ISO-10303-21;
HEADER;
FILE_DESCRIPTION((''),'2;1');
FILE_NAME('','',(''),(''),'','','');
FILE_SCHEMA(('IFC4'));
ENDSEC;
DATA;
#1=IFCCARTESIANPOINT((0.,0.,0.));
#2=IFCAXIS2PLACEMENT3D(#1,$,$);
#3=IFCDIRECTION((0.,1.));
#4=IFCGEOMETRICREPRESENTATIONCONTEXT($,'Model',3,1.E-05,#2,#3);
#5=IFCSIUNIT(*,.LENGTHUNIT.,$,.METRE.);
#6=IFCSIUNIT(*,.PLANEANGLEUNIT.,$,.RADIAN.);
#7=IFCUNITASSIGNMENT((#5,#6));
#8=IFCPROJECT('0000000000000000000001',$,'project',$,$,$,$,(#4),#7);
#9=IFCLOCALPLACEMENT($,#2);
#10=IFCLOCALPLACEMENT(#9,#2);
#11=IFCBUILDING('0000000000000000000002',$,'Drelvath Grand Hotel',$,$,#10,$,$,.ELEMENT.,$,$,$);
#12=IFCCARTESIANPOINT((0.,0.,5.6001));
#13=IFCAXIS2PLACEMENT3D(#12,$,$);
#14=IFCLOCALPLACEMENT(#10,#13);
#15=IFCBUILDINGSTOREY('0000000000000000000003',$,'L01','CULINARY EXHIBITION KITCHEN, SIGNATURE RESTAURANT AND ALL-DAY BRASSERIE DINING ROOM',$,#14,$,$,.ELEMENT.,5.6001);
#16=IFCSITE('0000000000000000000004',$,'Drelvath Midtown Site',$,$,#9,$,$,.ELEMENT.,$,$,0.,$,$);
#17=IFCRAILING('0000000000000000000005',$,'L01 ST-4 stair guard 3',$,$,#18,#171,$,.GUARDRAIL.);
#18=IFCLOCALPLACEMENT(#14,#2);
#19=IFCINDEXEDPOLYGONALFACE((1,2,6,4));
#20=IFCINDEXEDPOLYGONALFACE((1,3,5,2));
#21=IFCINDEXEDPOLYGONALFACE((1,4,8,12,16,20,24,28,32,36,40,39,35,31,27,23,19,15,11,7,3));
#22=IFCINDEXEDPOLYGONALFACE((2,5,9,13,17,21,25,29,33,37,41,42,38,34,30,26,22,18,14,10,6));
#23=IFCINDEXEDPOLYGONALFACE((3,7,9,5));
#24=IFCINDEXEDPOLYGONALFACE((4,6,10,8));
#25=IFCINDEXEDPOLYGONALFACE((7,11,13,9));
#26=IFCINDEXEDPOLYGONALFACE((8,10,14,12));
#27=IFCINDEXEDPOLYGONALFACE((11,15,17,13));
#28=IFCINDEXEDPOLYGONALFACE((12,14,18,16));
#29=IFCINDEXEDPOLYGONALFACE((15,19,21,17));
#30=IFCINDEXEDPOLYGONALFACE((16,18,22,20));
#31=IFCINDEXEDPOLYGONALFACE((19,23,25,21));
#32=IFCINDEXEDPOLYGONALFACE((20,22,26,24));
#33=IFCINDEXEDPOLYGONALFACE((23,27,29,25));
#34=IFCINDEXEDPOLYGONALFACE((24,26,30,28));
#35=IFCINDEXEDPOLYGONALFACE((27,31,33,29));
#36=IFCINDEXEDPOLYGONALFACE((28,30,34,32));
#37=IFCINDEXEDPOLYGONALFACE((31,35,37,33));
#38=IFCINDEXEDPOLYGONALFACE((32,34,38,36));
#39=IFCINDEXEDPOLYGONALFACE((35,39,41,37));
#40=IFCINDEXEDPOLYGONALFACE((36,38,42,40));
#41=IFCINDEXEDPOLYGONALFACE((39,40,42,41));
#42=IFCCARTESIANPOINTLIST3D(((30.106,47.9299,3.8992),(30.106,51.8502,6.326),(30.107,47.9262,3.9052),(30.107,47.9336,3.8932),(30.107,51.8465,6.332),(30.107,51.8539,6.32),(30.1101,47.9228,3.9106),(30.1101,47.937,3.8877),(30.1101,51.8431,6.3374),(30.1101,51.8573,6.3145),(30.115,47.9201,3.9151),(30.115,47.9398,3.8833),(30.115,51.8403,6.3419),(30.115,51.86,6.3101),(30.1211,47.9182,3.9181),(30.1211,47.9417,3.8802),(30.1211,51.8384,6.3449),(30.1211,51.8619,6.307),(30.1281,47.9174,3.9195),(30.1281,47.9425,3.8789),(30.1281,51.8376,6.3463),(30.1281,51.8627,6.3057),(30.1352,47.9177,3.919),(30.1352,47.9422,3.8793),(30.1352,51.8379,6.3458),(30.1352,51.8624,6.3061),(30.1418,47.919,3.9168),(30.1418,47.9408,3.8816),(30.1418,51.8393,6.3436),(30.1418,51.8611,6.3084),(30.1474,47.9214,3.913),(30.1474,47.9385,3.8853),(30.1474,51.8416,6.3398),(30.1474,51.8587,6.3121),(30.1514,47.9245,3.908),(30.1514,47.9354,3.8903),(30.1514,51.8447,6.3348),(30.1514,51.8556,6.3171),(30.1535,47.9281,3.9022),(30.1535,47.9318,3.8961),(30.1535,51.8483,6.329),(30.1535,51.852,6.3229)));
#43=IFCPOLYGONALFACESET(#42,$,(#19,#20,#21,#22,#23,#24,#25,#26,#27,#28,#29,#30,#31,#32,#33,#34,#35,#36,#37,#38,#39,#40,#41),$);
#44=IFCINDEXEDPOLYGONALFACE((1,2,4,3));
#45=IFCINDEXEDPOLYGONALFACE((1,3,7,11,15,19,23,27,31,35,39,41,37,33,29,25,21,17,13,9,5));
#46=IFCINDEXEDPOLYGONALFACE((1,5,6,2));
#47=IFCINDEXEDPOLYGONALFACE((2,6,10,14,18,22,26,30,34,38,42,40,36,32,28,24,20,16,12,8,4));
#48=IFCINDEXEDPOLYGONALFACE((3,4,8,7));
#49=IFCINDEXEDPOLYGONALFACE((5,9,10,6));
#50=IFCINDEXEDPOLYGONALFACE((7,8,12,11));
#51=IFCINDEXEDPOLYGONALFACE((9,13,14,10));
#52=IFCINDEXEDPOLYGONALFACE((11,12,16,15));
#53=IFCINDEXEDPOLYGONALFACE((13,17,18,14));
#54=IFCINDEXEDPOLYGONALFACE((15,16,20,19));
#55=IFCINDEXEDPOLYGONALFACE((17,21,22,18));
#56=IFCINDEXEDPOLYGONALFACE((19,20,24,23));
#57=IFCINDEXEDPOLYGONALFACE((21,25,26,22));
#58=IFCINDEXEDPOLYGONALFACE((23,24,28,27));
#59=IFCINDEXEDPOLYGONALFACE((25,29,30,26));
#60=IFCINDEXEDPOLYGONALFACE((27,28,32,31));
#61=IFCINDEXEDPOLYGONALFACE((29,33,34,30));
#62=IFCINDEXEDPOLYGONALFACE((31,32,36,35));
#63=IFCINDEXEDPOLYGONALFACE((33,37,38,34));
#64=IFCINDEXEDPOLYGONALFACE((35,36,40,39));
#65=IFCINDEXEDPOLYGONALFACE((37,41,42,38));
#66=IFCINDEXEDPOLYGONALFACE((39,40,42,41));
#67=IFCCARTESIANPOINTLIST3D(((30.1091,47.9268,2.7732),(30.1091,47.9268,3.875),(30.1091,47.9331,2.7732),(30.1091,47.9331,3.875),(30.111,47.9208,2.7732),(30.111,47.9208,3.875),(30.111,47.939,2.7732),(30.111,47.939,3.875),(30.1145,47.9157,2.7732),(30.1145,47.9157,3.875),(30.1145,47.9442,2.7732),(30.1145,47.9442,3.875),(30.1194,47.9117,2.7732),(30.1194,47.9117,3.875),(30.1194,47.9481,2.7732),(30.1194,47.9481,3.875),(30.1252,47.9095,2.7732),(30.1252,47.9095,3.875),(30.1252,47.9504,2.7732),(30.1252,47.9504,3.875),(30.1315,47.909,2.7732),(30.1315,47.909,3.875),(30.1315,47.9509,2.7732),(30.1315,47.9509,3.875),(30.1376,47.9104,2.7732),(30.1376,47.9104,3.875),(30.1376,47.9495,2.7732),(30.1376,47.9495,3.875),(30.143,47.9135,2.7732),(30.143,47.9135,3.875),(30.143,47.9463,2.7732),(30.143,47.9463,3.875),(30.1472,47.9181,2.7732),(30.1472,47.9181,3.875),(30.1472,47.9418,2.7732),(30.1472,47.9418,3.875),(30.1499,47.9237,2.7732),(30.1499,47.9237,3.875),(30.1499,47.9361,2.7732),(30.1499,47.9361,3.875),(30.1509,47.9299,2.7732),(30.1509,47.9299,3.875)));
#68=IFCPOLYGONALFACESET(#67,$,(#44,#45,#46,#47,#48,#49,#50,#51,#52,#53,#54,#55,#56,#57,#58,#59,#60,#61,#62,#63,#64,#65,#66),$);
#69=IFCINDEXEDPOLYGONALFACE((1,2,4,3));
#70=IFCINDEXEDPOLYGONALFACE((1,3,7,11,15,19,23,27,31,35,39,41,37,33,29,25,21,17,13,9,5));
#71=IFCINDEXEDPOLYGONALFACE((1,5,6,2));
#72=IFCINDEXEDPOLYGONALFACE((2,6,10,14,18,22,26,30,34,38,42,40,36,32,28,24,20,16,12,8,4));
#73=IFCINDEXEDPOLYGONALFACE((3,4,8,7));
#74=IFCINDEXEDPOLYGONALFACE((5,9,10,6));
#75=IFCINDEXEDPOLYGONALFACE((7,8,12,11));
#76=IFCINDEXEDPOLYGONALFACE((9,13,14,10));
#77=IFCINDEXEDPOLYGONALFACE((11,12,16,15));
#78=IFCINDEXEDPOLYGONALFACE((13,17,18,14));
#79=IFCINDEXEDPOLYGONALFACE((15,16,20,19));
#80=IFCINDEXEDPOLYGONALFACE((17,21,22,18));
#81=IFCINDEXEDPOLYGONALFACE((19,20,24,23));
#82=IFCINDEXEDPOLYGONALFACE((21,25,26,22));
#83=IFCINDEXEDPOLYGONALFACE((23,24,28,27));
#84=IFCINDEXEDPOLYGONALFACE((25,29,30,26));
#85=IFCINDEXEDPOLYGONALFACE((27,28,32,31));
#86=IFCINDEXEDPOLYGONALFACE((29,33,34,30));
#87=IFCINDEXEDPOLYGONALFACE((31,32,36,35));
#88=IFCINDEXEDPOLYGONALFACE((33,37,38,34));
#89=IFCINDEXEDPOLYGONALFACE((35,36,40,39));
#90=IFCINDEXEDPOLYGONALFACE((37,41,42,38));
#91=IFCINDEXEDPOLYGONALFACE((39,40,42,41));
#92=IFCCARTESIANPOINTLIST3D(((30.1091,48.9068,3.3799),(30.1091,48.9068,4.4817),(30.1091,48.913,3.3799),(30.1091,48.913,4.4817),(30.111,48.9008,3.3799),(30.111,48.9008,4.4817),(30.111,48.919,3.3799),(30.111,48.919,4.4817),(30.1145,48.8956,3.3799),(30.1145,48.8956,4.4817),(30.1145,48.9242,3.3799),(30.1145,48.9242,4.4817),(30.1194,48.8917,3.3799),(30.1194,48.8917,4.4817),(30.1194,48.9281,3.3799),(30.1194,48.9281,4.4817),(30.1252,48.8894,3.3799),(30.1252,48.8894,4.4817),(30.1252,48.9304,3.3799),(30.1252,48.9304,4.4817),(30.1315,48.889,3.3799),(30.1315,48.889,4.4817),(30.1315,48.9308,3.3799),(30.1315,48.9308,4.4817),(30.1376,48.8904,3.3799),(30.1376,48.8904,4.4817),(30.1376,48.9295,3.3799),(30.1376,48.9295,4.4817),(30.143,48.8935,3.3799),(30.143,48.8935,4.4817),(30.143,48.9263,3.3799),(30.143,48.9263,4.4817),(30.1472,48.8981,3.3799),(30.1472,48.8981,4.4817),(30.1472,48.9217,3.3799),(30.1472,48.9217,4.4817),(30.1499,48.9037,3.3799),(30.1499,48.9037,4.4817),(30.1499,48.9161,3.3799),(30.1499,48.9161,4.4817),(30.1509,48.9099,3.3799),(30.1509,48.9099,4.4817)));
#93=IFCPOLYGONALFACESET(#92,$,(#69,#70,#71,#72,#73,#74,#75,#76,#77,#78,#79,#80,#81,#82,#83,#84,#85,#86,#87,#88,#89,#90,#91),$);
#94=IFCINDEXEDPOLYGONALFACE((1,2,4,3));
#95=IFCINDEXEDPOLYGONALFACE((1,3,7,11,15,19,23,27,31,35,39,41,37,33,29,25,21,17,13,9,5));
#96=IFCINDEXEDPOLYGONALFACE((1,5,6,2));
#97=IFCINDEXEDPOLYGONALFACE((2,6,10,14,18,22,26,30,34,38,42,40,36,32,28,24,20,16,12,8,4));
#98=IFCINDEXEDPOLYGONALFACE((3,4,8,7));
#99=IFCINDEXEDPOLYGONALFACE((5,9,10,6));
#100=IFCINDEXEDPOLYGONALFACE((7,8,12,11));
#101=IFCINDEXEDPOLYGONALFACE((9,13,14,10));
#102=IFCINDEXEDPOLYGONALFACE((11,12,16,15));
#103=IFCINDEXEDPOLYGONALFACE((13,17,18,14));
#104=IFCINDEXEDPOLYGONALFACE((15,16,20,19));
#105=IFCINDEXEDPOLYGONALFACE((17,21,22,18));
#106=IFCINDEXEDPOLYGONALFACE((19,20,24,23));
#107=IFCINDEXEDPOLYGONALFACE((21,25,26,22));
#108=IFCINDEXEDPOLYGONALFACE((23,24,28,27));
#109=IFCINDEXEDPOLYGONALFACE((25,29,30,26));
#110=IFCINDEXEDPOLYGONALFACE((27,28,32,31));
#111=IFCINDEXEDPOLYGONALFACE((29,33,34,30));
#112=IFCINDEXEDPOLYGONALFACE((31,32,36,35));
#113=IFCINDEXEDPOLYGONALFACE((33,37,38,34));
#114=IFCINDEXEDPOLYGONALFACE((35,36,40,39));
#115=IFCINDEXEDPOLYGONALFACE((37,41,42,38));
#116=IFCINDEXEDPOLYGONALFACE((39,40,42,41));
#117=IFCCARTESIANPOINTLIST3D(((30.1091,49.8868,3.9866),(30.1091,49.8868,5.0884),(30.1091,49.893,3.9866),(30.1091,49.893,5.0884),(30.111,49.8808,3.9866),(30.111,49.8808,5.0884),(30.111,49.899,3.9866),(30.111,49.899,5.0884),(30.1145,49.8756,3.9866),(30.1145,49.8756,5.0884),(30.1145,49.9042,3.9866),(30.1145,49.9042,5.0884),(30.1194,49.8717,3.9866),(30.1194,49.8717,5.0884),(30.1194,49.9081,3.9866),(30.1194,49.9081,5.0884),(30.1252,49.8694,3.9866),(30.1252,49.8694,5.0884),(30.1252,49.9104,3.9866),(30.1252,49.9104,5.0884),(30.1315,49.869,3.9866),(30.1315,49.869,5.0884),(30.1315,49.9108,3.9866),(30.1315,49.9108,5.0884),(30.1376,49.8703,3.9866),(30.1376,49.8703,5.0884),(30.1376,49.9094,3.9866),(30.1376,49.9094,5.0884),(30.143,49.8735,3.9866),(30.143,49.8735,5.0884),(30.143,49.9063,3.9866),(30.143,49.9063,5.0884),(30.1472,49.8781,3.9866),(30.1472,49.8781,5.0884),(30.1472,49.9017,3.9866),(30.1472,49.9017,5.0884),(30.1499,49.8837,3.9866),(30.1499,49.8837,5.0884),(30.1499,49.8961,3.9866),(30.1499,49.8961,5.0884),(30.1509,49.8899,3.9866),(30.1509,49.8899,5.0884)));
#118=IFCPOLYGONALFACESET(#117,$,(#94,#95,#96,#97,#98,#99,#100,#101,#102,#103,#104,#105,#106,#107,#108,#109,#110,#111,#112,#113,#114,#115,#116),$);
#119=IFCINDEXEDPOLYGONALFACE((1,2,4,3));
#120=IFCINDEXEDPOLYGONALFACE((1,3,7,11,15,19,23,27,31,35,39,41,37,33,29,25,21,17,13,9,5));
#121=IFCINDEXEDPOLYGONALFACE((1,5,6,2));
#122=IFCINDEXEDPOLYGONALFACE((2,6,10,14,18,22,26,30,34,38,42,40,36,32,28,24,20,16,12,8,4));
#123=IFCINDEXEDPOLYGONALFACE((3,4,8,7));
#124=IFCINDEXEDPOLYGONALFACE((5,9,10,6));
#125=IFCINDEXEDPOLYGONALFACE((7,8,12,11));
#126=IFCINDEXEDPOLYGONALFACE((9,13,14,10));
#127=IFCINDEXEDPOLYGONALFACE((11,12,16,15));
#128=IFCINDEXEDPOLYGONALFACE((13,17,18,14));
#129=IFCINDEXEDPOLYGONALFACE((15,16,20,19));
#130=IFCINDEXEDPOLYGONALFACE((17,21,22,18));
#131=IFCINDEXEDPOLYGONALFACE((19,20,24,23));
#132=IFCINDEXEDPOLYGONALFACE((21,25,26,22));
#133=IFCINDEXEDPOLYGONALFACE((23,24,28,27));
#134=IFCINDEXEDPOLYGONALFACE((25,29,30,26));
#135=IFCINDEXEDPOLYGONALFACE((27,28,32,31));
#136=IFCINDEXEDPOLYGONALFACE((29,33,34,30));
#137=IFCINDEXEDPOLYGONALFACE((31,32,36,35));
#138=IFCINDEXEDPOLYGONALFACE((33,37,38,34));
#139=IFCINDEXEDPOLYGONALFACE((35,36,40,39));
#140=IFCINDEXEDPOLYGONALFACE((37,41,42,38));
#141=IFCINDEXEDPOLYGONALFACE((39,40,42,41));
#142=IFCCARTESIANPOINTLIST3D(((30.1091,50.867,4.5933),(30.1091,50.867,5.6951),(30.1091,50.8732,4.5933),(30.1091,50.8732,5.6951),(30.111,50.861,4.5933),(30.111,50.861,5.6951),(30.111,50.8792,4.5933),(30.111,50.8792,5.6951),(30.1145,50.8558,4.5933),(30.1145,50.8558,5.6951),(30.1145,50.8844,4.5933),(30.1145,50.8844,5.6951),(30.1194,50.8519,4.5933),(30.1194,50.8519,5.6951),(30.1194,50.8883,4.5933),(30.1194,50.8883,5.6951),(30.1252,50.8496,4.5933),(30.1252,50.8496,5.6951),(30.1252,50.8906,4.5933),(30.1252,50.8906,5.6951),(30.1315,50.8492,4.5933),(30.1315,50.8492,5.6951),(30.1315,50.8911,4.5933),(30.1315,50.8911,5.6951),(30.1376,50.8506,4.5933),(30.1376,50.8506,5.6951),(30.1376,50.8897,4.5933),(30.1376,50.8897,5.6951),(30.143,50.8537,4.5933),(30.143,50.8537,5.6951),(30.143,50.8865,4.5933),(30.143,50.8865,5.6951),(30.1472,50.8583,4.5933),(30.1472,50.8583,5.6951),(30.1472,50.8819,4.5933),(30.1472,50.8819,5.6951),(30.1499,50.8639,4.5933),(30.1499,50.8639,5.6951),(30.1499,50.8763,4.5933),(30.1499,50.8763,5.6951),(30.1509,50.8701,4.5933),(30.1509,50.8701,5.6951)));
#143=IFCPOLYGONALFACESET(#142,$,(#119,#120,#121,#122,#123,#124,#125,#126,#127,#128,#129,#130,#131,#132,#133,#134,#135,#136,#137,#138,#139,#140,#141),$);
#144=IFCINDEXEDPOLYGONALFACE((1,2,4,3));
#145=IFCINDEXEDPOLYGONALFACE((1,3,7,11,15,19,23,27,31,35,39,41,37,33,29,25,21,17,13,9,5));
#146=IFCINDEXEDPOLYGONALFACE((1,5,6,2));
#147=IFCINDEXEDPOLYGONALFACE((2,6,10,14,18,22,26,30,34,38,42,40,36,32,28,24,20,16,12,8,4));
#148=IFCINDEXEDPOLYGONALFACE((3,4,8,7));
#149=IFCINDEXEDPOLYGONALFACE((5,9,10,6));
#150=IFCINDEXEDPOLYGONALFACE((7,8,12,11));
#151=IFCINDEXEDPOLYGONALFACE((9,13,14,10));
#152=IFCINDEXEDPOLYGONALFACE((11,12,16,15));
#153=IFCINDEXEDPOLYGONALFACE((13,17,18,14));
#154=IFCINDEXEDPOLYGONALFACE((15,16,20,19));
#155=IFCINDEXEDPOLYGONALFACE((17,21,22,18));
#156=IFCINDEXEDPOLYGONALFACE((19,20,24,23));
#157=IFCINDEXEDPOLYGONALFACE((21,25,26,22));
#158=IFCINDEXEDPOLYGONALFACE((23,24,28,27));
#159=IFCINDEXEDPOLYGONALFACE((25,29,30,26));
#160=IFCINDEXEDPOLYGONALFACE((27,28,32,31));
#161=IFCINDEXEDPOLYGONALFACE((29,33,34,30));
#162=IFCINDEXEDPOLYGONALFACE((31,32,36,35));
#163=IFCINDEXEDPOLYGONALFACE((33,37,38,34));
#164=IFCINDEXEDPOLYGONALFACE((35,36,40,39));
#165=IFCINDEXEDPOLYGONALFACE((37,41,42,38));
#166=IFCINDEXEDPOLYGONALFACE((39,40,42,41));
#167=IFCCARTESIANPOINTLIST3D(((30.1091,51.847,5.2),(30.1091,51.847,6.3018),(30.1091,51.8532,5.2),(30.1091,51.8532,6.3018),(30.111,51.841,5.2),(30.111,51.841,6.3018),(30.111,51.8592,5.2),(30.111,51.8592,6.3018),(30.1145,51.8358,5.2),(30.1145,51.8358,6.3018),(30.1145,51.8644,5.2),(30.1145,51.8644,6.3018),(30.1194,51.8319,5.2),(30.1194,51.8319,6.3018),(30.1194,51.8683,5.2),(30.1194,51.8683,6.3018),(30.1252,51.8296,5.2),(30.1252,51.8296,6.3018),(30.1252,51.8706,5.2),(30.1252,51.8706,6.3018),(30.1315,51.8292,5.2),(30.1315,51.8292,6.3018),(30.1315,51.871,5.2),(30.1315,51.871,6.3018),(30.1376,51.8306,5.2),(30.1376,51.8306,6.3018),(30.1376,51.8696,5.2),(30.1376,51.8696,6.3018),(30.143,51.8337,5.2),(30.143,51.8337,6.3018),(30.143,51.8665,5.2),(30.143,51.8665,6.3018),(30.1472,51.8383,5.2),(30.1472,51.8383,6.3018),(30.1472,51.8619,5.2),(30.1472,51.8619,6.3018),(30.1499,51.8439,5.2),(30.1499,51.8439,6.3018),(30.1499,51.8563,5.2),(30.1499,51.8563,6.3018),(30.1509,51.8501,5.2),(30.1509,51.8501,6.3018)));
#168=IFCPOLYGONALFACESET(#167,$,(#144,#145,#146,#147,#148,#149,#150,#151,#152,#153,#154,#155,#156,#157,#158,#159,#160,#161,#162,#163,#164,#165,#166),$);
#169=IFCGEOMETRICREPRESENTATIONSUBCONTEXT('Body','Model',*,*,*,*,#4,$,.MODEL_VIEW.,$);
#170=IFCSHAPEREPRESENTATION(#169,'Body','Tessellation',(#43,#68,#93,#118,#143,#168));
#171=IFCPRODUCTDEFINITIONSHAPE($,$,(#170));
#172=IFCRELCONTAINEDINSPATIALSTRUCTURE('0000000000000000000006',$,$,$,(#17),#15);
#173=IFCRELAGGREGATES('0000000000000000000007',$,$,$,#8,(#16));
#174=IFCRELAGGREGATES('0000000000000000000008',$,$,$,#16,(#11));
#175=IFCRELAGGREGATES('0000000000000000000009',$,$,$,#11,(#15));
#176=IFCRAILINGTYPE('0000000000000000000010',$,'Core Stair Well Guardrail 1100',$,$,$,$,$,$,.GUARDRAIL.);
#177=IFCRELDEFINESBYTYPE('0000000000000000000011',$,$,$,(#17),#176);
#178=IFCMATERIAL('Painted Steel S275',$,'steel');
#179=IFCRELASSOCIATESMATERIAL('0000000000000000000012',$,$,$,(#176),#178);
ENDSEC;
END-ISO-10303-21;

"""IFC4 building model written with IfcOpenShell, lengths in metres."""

from ifc_helpers import new_model, si_unit, direction, frame, origin, origin_2d, place, context, subcontext, project, spatial, circle, extrude, material, type_object, element, save


model = new_model("IFC4")

# Units and contexts
model_context = context("Model", 3, precision=1e-05, world=origin(), true_north=direction((0.0, 1.0)))
body_context = subcontext(model_context, "Body", "Model", "MODEL_VIEW")
ifc_project = project(units=[si_unit("LENGTHUNIT", "METRE"), si_unit("PLANEANGLEUNIT", "RADIAN")], contexts=[model_context])

# Site, building, storey
site_placement = place(None, origin())
site = spatial("IfcSite", under=ifc_project, at=site_placement, Name="Drelvath Midtown Site", CompositionType="ELEMENT", RefElevation=0.0)
building_placement = place(site_placement, origin())
building = spatial("IfcBuilding", under=site, at=building_placement, Name="Drelvath Grand Hotel", CompositionType="ELEMENT")
storey_placement = place(building_placement, frame((0.0, 0.0, 5.6001)))
storey = spatial("IfcBuildingStorey", under=building, at=storey_placement, Name="L01", Description="CULINARY EXHIBITION KITCHEN, SIGNATURE RESTAURANT AND ALL-DAY BRASSERIE DINING ROOM", CompositionType="ELEMENT", Elevation=5.6001)

# Shared definitions
ifc_material_1 = material(Name="Painted Steel S275", Category="steel")

# Railing
railing_type_1 = type_object("IfcRailingType", Name="Core Stair Well Guardrail 1100", PredefinedType="GUARDRAIL", material=ifc_material_1)
railing_1_placement = place(storey_placement, frame((30.1299, 47.9299, 2.7732)))
element("IfcRailing", 1, at=railing_1_placement, inside=storey, type_object=railing_type_1, Name="L01 ST-4 stair guard 3", PredefinedType="GUARDRAIL", context=body_context, shape_type="SweptSolid", body=[
    extrude(circle(Radius=0.0239, at=origin_2d()), frame((0.0, 0.0, 1.126), z_axis=(0.0, 0.850266, 0.526353), x_axis=(-1.0, 0.0, 0.0)), (0.0, 0.0, 1.0), 4.6106),
    extrude(circle(Radius=0.021, at=origin_2d()), origin(), (0.0, 0.0, 1.0), 1.1018),
    extrude(circle(Radius=0.021, at=origin_2d()), frame((0.0, 0.98, 0.6067)), (0.0, 0.0, 1.0), 1.1018),
    extrude(circle(Radius=0.021, at=origin_2d()), frame((0.0, 1.96, 1.2134)), (0.0, 0.0, 1.0), 1.1018),
    extrude(circle(Radius=0.021, at=origin_2d()), frame((0.0, 2.9402, 1.8201)), (0.0, 0.0, 1.0), 1.1018),
    extrude(circle(Radius=0.021, at=origin_2d()), frame((0.0, 3.9202, 2.4268)), (0.0, 0.0, 1.0), 1.1018),
])

save(model, "model.ifc")
